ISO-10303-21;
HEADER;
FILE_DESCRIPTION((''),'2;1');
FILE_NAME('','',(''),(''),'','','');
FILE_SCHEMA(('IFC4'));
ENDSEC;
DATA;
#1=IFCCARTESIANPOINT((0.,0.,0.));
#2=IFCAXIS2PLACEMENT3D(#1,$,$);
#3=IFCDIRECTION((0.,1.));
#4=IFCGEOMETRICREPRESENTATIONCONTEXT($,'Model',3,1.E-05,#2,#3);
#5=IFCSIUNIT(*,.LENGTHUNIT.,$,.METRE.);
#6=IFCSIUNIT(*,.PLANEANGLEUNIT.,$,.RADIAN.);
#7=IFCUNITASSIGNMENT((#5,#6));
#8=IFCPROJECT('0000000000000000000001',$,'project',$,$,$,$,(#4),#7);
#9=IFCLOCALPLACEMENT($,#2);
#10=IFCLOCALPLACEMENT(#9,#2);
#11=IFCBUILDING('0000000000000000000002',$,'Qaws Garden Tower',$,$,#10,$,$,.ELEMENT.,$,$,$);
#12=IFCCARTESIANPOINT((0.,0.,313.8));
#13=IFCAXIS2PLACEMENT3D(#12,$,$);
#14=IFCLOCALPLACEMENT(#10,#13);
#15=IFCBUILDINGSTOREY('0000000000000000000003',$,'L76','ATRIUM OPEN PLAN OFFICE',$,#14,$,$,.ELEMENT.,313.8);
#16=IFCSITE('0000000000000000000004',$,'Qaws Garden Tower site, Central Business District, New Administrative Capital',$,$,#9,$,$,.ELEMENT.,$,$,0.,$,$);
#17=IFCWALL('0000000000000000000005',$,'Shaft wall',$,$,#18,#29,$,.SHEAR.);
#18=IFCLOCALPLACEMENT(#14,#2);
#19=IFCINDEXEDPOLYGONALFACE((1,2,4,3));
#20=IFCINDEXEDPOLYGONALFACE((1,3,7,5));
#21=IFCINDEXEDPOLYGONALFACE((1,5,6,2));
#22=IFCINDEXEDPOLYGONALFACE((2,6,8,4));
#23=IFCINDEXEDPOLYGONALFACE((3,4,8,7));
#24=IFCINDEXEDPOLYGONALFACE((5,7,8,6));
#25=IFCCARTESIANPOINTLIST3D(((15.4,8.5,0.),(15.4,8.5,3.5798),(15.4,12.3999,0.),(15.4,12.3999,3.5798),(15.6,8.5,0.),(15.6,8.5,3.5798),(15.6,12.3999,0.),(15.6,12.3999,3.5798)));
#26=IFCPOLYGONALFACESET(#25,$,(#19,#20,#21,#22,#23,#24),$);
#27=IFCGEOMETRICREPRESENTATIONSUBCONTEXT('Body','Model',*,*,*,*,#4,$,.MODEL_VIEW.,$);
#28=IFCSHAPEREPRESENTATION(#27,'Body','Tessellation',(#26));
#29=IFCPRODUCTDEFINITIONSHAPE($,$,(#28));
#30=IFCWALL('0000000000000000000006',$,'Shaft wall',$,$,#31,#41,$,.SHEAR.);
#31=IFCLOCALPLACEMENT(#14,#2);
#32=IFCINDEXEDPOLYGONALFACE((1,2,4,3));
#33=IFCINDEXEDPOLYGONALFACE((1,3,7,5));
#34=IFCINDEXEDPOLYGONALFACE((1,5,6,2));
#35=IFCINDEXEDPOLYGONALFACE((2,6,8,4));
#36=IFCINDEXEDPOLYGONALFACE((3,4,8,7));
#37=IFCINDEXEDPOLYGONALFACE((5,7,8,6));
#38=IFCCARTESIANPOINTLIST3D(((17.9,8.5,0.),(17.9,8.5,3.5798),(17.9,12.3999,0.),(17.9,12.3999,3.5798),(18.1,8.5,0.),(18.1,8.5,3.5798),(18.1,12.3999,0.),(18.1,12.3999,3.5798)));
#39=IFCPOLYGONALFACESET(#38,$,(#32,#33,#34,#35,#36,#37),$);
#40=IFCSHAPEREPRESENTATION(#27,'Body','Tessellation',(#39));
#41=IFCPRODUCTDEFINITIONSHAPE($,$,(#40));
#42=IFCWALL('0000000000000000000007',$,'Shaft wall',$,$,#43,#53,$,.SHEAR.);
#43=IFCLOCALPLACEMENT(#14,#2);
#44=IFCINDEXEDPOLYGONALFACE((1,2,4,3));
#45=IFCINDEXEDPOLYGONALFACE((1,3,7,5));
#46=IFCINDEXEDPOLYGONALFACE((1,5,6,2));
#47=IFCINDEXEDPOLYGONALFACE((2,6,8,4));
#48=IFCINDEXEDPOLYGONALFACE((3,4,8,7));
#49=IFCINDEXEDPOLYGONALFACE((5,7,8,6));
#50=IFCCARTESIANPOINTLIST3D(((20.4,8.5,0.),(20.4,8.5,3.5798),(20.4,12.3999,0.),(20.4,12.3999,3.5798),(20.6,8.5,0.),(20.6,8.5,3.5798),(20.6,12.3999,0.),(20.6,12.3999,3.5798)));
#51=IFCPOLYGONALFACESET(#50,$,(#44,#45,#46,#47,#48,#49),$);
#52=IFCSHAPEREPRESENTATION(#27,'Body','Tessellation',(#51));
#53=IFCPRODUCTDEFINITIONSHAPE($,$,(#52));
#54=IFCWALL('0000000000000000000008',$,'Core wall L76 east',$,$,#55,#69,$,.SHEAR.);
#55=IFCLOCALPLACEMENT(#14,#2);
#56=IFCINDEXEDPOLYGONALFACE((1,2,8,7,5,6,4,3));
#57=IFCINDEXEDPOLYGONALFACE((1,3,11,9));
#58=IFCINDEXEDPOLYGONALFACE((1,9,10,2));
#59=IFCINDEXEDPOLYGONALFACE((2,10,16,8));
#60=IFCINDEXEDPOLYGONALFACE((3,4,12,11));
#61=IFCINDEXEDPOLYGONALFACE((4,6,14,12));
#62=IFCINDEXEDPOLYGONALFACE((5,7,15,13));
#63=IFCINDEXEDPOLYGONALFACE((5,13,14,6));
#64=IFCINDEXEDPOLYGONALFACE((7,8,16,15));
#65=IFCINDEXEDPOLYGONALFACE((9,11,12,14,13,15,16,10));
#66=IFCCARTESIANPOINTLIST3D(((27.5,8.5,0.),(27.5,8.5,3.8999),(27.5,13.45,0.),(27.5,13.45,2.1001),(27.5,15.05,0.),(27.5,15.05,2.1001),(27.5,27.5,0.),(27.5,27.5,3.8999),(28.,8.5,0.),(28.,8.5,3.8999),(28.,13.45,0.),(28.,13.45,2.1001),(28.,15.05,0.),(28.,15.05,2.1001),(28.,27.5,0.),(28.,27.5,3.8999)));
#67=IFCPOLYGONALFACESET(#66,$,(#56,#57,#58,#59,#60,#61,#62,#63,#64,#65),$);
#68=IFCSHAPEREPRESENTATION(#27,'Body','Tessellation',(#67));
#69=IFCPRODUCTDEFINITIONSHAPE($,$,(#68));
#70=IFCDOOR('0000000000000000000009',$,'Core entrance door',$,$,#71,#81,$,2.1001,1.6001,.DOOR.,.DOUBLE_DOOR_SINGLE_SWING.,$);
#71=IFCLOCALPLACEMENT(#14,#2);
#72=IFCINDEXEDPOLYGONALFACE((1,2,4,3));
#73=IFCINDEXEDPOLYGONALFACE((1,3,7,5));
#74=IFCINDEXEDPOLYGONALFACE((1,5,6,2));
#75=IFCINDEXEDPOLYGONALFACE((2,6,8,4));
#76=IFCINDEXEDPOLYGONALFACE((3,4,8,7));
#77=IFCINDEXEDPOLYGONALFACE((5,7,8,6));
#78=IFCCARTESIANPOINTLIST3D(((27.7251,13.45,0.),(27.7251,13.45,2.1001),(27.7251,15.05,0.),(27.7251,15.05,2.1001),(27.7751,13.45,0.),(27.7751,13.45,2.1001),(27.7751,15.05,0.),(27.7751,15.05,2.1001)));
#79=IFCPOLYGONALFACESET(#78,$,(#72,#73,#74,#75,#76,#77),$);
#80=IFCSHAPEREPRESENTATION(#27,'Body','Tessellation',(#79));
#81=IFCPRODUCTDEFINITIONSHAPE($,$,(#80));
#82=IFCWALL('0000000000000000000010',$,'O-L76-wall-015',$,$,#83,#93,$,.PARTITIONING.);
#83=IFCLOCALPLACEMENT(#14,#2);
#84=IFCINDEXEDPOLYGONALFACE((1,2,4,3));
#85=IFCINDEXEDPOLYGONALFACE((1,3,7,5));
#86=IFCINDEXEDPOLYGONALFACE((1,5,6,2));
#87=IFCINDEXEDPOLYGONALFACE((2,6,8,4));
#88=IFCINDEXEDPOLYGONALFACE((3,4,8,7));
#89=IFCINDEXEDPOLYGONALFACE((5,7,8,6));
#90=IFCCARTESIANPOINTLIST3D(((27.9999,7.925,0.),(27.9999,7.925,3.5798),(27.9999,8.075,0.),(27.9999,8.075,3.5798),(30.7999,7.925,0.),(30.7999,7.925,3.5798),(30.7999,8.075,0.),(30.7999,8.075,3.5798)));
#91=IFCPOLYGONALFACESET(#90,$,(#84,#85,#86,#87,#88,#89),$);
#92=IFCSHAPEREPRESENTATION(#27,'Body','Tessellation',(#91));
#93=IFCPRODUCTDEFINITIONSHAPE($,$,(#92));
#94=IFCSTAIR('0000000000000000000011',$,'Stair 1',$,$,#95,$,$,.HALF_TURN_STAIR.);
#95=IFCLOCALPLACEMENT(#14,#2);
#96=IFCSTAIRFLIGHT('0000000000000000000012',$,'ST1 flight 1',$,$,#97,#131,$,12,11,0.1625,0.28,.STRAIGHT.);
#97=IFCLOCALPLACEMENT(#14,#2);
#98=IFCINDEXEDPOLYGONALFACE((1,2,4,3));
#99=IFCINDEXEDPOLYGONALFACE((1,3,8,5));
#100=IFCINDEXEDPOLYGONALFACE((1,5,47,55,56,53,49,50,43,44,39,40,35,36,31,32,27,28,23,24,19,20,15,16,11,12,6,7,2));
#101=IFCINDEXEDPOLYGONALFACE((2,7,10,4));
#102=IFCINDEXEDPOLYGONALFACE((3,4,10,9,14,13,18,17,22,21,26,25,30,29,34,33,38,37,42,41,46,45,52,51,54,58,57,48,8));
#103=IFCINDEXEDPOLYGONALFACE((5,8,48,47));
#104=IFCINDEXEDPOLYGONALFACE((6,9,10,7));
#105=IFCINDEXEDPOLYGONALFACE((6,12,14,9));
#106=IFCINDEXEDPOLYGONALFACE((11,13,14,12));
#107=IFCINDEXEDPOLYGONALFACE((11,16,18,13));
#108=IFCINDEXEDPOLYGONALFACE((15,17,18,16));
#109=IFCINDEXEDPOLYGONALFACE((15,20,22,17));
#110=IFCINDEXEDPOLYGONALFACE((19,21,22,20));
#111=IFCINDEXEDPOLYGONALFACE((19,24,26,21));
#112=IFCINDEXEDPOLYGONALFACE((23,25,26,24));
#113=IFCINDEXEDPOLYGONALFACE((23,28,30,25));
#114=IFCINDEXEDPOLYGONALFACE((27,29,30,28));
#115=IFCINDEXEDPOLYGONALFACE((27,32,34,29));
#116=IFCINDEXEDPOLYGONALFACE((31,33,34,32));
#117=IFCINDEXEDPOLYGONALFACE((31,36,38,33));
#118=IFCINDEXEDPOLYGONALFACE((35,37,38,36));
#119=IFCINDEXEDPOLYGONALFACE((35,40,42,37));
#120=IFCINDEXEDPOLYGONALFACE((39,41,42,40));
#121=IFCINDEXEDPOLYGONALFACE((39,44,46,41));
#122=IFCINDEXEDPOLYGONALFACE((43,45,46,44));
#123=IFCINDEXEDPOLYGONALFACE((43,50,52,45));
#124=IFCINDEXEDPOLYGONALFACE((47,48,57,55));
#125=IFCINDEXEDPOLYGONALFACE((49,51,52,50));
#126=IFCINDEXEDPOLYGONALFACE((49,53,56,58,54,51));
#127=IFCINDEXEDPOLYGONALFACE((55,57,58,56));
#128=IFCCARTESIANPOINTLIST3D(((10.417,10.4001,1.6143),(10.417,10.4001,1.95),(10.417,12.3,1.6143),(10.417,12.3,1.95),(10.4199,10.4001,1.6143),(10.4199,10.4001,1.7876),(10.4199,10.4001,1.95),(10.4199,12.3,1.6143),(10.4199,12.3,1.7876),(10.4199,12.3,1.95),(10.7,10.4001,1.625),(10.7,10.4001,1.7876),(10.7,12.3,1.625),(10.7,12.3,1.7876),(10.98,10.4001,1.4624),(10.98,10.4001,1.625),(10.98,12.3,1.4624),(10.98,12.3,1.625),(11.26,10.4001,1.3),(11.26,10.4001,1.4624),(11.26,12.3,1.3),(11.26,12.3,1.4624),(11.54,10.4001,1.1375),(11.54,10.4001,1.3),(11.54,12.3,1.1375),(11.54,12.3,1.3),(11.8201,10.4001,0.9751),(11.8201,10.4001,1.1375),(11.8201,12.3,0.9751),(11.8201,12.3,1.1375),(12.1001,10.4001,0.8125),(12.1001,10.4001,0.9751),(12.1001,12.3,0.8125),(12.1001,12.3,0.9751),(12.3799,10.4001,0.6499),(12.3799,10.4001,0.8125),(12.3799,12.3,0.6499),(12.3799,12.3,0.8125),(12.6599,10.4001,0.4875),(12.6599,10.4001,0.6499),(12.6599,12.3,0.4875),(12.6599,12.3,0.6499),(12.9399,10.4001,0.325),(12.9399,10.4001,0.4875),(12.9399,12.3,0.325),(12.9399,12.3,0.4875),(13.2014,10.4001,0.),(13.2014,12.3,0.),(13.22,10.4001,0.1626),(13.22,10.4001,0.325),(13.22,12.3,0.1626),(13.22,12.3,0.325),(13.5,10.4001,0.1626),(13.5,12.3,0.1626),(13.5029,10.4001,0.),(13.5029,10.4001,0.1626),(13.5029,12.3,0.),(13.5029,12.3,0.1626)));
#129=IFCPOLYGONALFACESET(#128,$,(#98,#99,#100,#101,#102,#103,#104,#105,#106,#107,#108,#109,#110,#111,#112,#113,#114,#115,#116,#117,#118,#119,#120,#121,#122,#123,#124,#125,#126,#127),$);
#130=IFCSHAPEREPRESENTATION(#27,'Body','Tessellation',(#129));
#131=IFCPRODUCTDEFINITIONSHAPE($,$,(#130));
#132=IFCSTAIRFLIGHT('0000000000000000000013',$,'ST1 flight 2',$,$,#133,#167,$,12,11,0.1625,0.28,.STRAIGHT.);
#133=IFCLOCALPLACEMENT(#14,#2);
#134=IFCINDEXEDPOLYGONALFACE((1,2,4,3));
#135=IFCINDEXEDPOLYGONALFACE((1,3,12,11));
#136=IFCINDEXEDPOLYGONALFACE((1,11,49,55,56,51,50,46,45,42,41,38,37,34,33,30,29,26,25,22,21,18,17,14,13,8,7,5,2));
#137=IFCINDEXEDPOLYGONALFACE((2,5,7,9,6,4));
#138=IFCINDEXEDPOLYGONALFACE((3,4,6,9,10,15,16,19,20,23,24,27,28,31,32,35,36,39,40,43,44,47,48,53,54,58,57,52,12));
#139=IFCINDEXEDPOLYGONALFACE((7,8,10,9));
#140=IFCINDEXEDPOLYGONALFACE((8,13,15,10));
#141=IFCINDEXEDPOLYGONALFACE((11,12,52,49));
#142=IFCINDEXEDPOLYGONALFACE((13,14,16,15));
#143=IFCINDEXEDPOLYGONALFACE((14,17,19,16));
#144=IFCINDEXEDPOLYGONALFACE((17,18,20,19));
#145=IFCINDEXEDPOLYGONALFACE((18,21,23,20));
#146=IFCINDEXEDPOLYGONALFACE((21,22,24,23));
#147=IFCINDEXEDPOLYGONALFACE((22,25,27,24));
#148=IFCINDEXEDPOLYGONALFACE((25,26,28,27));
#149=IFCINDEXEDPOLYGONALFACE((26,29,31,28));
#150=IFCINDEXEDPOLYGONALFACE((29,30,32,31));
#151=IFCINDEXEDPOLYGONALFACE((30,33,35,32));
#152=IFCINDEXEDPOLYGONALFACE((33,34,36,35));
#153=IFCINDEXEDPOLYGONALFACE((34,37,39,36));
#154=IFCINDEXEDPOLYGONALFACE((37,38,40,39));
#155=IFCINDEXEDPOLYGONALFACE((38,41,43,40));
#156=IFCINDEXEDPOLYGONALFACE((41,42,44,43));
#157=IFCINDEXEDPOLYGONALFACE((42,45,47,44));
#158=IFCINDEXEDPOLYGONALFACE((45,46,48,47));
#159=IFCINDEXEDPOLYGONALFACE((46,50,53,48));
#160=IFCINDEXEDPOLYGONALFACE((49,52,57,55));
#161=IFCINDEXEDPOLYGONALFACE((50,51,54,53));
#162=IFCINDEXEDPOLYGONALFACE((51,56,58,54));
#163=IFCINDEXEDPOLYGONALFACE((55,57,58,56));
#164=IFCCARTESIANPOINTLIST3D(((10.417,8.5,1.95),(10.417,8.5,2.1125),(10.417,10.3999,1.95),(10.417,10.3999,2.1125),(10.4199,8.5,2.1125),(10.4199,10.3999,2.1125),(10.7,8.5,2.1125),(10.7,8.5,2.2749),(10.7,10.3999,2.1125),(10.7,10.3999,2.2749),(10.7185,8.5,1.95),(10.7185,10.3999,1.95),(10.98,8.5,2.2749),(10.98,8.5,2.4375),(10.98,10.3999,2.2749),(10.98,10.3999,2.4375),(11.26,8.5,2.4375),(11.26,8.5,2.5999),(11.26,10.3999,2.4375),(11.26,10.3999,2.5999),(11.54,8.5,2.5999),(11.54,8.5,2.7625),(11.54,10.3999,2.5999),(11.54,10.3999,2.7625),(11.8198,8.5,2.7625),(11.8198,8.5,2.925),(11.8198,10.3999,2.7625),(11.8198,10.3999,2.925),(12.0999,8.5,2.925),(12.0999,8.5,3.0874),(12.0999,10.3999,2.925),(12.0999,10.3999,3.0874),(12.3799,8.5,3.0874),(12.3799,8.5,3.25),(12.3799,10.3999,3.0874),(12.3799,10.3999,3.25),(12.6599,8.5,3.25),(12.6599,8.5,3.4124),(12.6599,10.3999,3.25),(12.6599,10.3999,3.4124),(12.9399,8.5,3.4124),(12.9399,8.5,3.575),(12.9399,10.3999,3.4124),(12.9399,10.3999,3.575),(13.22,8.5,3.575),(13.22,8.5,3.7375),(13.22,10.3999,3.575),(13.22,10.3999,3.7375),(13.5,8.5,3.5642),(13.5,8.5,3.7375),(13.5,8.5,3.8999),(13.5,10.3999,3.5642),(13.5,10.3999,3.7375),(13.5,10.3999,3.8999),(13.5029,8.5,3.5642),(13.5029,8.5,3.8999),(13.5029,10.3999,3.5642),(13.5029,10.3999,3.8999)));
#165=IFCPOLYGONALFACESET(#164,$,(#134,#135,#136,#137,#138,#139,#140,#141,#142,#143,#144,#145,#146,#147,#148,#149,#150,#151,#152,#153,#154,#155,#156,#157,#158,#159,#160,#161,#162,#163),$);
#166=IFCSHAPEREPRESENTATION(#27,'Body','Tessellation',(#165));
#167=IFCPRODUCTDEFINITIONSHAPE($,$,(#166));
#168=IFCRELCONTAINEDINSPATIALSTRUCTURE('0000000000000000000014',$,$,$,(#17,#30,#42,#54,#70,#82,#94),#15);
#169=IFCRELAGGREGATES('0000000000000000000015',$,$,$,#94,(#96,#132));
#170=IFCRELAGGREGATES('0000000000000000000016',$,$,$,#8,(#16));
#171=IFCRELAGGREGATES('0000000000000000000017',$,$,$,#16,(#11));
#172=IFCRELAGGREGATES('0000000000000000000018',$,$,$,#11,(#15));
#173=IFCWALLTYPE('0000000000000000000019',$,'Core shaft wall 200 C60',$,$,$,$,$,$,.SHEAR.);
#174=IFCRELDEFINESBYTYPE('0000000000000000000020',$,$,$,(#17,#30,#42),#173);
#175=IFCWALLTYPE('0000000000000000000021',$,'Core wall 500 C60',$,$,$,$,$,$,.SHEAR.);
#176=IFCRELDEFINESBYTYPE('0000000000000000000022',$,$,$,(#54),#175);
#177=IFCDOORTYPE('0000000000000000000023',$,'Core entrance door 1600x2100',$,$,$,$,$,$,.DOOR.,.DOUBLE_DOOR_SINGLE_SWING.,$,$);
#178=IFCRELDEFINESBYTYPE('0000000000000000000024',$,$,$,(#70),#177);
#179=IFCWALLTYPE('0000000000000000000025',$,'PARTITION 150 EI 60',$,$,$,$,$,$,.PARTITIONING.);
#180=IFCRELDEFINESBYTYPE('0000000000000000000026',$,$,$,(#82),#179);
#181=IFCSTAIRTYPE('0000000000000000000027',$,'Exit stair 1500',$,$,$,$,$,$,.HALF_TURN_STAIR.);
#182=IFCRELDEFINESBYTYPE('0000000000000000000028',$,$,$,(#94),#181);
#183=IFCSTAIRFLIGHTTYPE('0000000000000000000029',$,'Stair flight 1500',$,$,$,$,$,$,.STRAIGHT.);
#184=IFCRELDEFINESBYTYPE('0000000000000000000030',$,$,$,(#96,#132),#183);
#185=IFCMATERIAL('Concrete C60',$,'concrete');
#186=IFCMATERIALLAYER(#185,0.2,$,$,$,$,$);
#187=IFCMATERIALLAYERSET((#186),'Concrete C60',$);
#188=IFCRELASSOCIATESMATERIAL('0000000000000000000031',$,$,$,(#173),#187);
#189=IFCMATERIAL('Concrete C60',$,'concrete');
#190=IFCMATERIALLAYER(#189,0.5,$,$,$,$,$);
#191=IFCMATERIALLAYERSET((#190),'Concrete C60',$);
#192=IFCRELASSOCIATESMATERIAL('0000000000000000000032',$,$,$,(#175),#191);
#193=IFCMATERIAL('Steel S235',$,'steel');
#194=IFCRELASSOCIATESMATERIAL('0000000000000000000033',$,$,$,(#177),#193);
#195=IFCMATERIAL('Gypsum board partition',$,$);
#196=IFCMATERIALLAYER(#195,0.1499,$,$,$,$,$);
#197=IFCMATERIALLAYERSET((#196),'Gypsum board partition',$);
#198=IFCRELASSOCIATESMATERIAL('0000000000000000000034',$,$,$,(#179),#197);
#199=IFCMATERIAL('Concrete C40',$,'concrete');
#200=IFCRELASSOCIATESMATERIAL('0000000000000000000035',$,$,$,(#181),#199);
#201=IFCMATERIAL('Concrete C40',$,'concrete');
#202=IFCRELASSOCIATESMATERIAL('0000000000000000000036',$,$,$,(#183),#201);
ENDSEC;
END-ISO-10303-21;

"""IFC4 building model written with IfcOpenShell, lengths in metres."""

from ifc_helpers import new_model, si_unit, direction, frame, frame_2d, origin, place, context, subcontext, project, spatial, polyline, rectangle, outline, extrude, material, layer, layer_set, type_object, element, fill, aggregate, save


model = new_model("IFC4")

# Units and contexts
model_context = context("Model", 3, precision=1e-05, world=origin(), true_north=direction((0.0, 1.0)))
body_context = subcontext(model_context, "Body", "Model", "MODEL_VIEW")
ifc_project = project(units=[si_unit("LENGTHUNIT", "METRE"), si_unit("PLANEANGLEUNIT", "RADIAN")], contexts=[model_context])

# Site, building, storey
site_placement = place(None, origin())
site = spatial("IfcSite", under=ifc_project, at=site_placement, Name="Qaws Garden Tower site, Central Business District, New Administrative Capital", CompositionType="ELEMENT", RefElevation=0.0)
building_placement = place(site_placement, origin())
building = spatial("IfcBuilding", under=site, at=building_placement, Name="Qaws Garden Tower", CompositionType="ELEMENT")
storey_placement = place(building_placement, frame((0.0, 0.0, 313.8)))
storey = spatial("IfcBuildingStorey", under=building, at=storey_placement, Name="L76", Description="ATRIUM OPEN PLAN OFFICE", CompositionType="ELEMENT", Elevation=313.8)

# Walls
ifc_material_1 = material(Name="Concrete C60", Category="concrete")
ifc_layer_1 = layer(ifc_material_1, 0.2)
ifc_layer_set_1 = layer_set([ifc_layer_1], Name="Concrete C60")
wall_type_1 = type_object("IfcWallType", Name="Core shaft wall 200 C60", PredefinedType="SHEAR", material=ifc_layer_set_1)
for number, where, z_axis, x_axis, name in (
    (1, (15.5, 8.5, 0.0), (0.0, 0.0, 1.0), (0.0, 1.0, 0.0), "Shaft wall"),
    (2, (18.0, 8.5, 0.0), (0.0, 0.0, 1.0), (0.0, 1.0, 0.0), "Shaft wall"),
    (3, (20.5, 8.5, 0.0), (0.0, 0.0, 1.0), (0.0, 1.0, 0.0), "Shaft wall"),
):
    element("IfcWall", number, at=place(storey_placement, frame(where, z_axis=z_axis, x_axis=x_axis)), inside=storey, type_object=wall_type_1, Name=name, PredefinedType="SHEAR", context=body_context, shape_type="SweptSolid", body=[
        extrude(rectangle(XDim=3.8999, YDim=0.2, at=frame_2d((1.95, 0.0))), origin(), (0.0, 0.0, 1.0), 3.5798),
    ])

# Wall, opening, door
ifc_material_2 = material(Name="Concrete C60", Category="concrete")
ifc_layer_2 = layer(ifc_material_2, 0.5)
ifc_layer_set_2 = layer_set([ifc_layer_2], Name="Concrete C60")
wall_type_2 = type_object("IfcWallType", Name="Core wall 500 C60", PredefinedType="SHEAR", material=ifc_layer_set_2)
wall_1_placement = place(storey_placement, frame((27.75, 8.5, 0.0), z_axis=(0.0, 0.0, 1.0), x_axis=(0.0, 1.0, 0.0)))
wall_1 = element("IfcWall", 4, at=wall_1_placement, inside=storey, type_object=wall_type_2, Name="Core wall L76 east", PredefinedType="SHEAR", context=body_context, shape_type="SweptSolid", body=[
    extrude(rectangle(XDim=19.0, YDim=0.5, at=frame_2d((9.5, 0.0))), origin(), (0.0, 0.0, 1.0), 3.8999),
])
opening_1_placement = place(wall_1_placement, frame((4.95, 0.0, 0.0)))
opening_1 = element("IfcOpeningElement", 5, at=opening_1_placement, cuts=wall_1, PredefinedType="OPENING", context=body_context, shape_type="SweptSolid", body=[
    extrude(rectangle(XDim=1.6001, YDim=2.1001, at=frame_2d((0.8, 1.05))), frame((0.0, 0.26, 0.0), z_axis=(0.0, -1.0, 0.0), x_axis=(1.0, 0.0, 0.0)), (0.0, 0.0, 1.0), 0.52),
])
ifc_material_3 = material(Name="Steel S235", Category="steel")
door_type = type_object("IfcDoorType", Name="Core entrance door 1600x2100", OperationType="DOUBLE_DOOR_SINGLE_SWING", PredefinedType="DOOR", material=ifc_material_3)
door_placement = place(opening_1_placement, origin())
door = element("IfcDoor", 6, at=door_placement, inside=storey, type_object=door_type, Name="Core entrance door", OperationType="DOUBLE_DOOR_SINGLE_SWING", OverallHeight=2.1001, OverallWidth=1.6001, PredefinedType="DOOR", context=body_context, shape_type="SweptSolid", body=[
    extrude(rectangle(XDim=1.6001, YDim=2.1001, at=frame_2d((0.8, 1.05))), frame((0.0, 0.0249, 0.0), z_axis=(0.0, -1.0, 0.0), x_axis=(1.0, 0.0, 0.0)), (0.0, 0.0, 1.0), 0.05),
])
fill(opening_1, door)

# Wall
ifc_material_4 = material(Name="Gypsum board partition")
ifc_layer_3 = layer(ifc_material_4, 0.1499)
ifc_layer_set_3 = layer_set([ifc_layer_3], Name="Gypsum board partition")
wall_type_3 = type_object("IfcWallType", Name="PARTITION 150 EI 60", PredefinedType="PARTITIONING", material=ifc_layer_set_3)
wall_2_placement = place(storey_placement, frame((28.0, 8.0, 0.0), z_axis=(0.0, 0.0, 1.0), x_axis=(1.0, 0.0, 0.0)))
element("IfcWall", 7, at=wall_2_placement, inside=storey, type_object=wall_type_3, Name="O-L76-wall-015", PredefinedType="PARTITIONING", context=body_context, shape_type="SweptSolid", body=[
    extrude(rectangle(XDim=2.8, YDim=0.1499, at=frame_2d((1.3999, 0.0))), origin(), (0.0, 0.0, 1.0), 3.5798),
])

# Stair, stair flights
ifc_material_5 = material(Name="Concrete C40", Category="concrete")
stair_type = type_object("IfcStairType", Name="Exit stair 1500", PredefinedType="HALF_TURN_STAIR", material=ifc_material_5)
stair_placement = place(storey_placement, origin())
stair = element("IfcStair", 8, at=stair_placement, inside=storey, type_object=stair_type, Name="Stair 1", PredefinedType="HALF_TURN_STAIR")
ifc_material_6 = material(Name="Concrete C40", Category="concrete")
stair_flight_type = type_object("IfcStairFlightType", Name="Stair flight 1500", PredefinedType="STRAIGHT", material=ifc_material_6)
stair_flight_1_placement = place(storey_placement, frame((13.5, 11.3501, 0.0), z_axis=(0.0, 0.0, 1.0), x_axis=(-1.0, 0.0, 0.0)))
stair_flight_1 = element("IfcStairFlight", 9, at=stair_flight_1_placement, type_object=stair_flight_type, Name="ST1 flight 1", NumberOfRisers=12, NumberOfTreads=11, PredefinedType="STRAIGHT", RiserHeight=0.1625, TreadLength=0.28, context=body_context, shape_type="SweptSolid", body=[
    extrude(outline(polyline([(-0.0029, 0.0), (-0.0029, 0.1626), (0.0, 0.1626), (0.28, 0.1626), (0.28, 0.325), (0.5601, 0.325), (0.5601, 0.4875), (0.8401, 0.4875), (0.8401, 0.6499), (1.1201, 0.6499), (1.1201, 0.8125), (1.3999, 0.8125), (1.3999, 0.9751), (1.6799, 0.9751), (1.6799, 1.1375), (1.96, 1.1375), (1.96, 1.3), (2.24, 1.3), (2.24, 1.4624), (2.52, 1.4624), (2.52, 1.625), (2.8, 1.625), (2.8, 1.7876), (3.0801, 1.7876), (3.0801, 1.95), (3.083, 1.95), (3.083, 1.6143), (3.0801, 1.6143), (0.2986, 0.0), (-0.0029, 0.0)])), frame((0.0, 0.95, 0.0), z_axis=(0.0, -1.0, 0.0), x_axis=(1.0, 0.0, 0.0)), (0.0, 0.0, 1.0), 1.8999),
])
stair_flight_2_placement = place(storey_placement, frame((10.4199, 9.45, 1.95), z_axis=(0.0, 0.0, 1.0), x_axis=(1.0, 0.0, 0.0)))
stair_flight_2 = element("IfcStairFlight", 10, at=stair_flight_2_placement, type_object=stair_flight_type, Name="ST1 flight 2", NumberOfRisers=12, NumberOfTreads=11, PredefinedType="STRAIGHT", RiserHeight=0.1625, TreadLength=0.28, context=body_context, shape_type="SweptSolid", body=[
    extrude(outline(polyline([(-0.0029, 0.0), (-0.0029, 0.1626), (0.0, 0.1626), (0.28, 0.1626), (0.28, 0.325), (0.5601, 0.325), (0.5601, 0.4875), (0.8401, 0.4875), (0.8401, 0.6499), (1.1201, 0.6499), (1.1201, 0.8125), (1.3999, 0.8125), (1.3999, 0.9751), (1.6799, 0.9751), (1.6799, 1.1375), (1.96, 1.1375), (1.96, 1.3), (2.24, 1.3), (2.24, 1.4624), (2.52, 1.4624), (2.52, 1.625), (2.8, 1.625), (2.8, 1.7876), (3.0801, 1.7876), (3.0801, 1.95), (3.083, 1.95), (3.083, 1.6143), (3.0801, 1.6143), (0.2986, 0.0), (-0.0029, 0.0)])), frame((0.0, 0.95, 0.0), z_axis=(0.0, -1.0, 0.0), x_axis=(1.0, 0.0, 0.0)), (0.0, 0.0, 1.0), 1.8999),
])
aggregate(stair, [stair_flight_1, stair_flight_2])

save(model, "model.ifc")
